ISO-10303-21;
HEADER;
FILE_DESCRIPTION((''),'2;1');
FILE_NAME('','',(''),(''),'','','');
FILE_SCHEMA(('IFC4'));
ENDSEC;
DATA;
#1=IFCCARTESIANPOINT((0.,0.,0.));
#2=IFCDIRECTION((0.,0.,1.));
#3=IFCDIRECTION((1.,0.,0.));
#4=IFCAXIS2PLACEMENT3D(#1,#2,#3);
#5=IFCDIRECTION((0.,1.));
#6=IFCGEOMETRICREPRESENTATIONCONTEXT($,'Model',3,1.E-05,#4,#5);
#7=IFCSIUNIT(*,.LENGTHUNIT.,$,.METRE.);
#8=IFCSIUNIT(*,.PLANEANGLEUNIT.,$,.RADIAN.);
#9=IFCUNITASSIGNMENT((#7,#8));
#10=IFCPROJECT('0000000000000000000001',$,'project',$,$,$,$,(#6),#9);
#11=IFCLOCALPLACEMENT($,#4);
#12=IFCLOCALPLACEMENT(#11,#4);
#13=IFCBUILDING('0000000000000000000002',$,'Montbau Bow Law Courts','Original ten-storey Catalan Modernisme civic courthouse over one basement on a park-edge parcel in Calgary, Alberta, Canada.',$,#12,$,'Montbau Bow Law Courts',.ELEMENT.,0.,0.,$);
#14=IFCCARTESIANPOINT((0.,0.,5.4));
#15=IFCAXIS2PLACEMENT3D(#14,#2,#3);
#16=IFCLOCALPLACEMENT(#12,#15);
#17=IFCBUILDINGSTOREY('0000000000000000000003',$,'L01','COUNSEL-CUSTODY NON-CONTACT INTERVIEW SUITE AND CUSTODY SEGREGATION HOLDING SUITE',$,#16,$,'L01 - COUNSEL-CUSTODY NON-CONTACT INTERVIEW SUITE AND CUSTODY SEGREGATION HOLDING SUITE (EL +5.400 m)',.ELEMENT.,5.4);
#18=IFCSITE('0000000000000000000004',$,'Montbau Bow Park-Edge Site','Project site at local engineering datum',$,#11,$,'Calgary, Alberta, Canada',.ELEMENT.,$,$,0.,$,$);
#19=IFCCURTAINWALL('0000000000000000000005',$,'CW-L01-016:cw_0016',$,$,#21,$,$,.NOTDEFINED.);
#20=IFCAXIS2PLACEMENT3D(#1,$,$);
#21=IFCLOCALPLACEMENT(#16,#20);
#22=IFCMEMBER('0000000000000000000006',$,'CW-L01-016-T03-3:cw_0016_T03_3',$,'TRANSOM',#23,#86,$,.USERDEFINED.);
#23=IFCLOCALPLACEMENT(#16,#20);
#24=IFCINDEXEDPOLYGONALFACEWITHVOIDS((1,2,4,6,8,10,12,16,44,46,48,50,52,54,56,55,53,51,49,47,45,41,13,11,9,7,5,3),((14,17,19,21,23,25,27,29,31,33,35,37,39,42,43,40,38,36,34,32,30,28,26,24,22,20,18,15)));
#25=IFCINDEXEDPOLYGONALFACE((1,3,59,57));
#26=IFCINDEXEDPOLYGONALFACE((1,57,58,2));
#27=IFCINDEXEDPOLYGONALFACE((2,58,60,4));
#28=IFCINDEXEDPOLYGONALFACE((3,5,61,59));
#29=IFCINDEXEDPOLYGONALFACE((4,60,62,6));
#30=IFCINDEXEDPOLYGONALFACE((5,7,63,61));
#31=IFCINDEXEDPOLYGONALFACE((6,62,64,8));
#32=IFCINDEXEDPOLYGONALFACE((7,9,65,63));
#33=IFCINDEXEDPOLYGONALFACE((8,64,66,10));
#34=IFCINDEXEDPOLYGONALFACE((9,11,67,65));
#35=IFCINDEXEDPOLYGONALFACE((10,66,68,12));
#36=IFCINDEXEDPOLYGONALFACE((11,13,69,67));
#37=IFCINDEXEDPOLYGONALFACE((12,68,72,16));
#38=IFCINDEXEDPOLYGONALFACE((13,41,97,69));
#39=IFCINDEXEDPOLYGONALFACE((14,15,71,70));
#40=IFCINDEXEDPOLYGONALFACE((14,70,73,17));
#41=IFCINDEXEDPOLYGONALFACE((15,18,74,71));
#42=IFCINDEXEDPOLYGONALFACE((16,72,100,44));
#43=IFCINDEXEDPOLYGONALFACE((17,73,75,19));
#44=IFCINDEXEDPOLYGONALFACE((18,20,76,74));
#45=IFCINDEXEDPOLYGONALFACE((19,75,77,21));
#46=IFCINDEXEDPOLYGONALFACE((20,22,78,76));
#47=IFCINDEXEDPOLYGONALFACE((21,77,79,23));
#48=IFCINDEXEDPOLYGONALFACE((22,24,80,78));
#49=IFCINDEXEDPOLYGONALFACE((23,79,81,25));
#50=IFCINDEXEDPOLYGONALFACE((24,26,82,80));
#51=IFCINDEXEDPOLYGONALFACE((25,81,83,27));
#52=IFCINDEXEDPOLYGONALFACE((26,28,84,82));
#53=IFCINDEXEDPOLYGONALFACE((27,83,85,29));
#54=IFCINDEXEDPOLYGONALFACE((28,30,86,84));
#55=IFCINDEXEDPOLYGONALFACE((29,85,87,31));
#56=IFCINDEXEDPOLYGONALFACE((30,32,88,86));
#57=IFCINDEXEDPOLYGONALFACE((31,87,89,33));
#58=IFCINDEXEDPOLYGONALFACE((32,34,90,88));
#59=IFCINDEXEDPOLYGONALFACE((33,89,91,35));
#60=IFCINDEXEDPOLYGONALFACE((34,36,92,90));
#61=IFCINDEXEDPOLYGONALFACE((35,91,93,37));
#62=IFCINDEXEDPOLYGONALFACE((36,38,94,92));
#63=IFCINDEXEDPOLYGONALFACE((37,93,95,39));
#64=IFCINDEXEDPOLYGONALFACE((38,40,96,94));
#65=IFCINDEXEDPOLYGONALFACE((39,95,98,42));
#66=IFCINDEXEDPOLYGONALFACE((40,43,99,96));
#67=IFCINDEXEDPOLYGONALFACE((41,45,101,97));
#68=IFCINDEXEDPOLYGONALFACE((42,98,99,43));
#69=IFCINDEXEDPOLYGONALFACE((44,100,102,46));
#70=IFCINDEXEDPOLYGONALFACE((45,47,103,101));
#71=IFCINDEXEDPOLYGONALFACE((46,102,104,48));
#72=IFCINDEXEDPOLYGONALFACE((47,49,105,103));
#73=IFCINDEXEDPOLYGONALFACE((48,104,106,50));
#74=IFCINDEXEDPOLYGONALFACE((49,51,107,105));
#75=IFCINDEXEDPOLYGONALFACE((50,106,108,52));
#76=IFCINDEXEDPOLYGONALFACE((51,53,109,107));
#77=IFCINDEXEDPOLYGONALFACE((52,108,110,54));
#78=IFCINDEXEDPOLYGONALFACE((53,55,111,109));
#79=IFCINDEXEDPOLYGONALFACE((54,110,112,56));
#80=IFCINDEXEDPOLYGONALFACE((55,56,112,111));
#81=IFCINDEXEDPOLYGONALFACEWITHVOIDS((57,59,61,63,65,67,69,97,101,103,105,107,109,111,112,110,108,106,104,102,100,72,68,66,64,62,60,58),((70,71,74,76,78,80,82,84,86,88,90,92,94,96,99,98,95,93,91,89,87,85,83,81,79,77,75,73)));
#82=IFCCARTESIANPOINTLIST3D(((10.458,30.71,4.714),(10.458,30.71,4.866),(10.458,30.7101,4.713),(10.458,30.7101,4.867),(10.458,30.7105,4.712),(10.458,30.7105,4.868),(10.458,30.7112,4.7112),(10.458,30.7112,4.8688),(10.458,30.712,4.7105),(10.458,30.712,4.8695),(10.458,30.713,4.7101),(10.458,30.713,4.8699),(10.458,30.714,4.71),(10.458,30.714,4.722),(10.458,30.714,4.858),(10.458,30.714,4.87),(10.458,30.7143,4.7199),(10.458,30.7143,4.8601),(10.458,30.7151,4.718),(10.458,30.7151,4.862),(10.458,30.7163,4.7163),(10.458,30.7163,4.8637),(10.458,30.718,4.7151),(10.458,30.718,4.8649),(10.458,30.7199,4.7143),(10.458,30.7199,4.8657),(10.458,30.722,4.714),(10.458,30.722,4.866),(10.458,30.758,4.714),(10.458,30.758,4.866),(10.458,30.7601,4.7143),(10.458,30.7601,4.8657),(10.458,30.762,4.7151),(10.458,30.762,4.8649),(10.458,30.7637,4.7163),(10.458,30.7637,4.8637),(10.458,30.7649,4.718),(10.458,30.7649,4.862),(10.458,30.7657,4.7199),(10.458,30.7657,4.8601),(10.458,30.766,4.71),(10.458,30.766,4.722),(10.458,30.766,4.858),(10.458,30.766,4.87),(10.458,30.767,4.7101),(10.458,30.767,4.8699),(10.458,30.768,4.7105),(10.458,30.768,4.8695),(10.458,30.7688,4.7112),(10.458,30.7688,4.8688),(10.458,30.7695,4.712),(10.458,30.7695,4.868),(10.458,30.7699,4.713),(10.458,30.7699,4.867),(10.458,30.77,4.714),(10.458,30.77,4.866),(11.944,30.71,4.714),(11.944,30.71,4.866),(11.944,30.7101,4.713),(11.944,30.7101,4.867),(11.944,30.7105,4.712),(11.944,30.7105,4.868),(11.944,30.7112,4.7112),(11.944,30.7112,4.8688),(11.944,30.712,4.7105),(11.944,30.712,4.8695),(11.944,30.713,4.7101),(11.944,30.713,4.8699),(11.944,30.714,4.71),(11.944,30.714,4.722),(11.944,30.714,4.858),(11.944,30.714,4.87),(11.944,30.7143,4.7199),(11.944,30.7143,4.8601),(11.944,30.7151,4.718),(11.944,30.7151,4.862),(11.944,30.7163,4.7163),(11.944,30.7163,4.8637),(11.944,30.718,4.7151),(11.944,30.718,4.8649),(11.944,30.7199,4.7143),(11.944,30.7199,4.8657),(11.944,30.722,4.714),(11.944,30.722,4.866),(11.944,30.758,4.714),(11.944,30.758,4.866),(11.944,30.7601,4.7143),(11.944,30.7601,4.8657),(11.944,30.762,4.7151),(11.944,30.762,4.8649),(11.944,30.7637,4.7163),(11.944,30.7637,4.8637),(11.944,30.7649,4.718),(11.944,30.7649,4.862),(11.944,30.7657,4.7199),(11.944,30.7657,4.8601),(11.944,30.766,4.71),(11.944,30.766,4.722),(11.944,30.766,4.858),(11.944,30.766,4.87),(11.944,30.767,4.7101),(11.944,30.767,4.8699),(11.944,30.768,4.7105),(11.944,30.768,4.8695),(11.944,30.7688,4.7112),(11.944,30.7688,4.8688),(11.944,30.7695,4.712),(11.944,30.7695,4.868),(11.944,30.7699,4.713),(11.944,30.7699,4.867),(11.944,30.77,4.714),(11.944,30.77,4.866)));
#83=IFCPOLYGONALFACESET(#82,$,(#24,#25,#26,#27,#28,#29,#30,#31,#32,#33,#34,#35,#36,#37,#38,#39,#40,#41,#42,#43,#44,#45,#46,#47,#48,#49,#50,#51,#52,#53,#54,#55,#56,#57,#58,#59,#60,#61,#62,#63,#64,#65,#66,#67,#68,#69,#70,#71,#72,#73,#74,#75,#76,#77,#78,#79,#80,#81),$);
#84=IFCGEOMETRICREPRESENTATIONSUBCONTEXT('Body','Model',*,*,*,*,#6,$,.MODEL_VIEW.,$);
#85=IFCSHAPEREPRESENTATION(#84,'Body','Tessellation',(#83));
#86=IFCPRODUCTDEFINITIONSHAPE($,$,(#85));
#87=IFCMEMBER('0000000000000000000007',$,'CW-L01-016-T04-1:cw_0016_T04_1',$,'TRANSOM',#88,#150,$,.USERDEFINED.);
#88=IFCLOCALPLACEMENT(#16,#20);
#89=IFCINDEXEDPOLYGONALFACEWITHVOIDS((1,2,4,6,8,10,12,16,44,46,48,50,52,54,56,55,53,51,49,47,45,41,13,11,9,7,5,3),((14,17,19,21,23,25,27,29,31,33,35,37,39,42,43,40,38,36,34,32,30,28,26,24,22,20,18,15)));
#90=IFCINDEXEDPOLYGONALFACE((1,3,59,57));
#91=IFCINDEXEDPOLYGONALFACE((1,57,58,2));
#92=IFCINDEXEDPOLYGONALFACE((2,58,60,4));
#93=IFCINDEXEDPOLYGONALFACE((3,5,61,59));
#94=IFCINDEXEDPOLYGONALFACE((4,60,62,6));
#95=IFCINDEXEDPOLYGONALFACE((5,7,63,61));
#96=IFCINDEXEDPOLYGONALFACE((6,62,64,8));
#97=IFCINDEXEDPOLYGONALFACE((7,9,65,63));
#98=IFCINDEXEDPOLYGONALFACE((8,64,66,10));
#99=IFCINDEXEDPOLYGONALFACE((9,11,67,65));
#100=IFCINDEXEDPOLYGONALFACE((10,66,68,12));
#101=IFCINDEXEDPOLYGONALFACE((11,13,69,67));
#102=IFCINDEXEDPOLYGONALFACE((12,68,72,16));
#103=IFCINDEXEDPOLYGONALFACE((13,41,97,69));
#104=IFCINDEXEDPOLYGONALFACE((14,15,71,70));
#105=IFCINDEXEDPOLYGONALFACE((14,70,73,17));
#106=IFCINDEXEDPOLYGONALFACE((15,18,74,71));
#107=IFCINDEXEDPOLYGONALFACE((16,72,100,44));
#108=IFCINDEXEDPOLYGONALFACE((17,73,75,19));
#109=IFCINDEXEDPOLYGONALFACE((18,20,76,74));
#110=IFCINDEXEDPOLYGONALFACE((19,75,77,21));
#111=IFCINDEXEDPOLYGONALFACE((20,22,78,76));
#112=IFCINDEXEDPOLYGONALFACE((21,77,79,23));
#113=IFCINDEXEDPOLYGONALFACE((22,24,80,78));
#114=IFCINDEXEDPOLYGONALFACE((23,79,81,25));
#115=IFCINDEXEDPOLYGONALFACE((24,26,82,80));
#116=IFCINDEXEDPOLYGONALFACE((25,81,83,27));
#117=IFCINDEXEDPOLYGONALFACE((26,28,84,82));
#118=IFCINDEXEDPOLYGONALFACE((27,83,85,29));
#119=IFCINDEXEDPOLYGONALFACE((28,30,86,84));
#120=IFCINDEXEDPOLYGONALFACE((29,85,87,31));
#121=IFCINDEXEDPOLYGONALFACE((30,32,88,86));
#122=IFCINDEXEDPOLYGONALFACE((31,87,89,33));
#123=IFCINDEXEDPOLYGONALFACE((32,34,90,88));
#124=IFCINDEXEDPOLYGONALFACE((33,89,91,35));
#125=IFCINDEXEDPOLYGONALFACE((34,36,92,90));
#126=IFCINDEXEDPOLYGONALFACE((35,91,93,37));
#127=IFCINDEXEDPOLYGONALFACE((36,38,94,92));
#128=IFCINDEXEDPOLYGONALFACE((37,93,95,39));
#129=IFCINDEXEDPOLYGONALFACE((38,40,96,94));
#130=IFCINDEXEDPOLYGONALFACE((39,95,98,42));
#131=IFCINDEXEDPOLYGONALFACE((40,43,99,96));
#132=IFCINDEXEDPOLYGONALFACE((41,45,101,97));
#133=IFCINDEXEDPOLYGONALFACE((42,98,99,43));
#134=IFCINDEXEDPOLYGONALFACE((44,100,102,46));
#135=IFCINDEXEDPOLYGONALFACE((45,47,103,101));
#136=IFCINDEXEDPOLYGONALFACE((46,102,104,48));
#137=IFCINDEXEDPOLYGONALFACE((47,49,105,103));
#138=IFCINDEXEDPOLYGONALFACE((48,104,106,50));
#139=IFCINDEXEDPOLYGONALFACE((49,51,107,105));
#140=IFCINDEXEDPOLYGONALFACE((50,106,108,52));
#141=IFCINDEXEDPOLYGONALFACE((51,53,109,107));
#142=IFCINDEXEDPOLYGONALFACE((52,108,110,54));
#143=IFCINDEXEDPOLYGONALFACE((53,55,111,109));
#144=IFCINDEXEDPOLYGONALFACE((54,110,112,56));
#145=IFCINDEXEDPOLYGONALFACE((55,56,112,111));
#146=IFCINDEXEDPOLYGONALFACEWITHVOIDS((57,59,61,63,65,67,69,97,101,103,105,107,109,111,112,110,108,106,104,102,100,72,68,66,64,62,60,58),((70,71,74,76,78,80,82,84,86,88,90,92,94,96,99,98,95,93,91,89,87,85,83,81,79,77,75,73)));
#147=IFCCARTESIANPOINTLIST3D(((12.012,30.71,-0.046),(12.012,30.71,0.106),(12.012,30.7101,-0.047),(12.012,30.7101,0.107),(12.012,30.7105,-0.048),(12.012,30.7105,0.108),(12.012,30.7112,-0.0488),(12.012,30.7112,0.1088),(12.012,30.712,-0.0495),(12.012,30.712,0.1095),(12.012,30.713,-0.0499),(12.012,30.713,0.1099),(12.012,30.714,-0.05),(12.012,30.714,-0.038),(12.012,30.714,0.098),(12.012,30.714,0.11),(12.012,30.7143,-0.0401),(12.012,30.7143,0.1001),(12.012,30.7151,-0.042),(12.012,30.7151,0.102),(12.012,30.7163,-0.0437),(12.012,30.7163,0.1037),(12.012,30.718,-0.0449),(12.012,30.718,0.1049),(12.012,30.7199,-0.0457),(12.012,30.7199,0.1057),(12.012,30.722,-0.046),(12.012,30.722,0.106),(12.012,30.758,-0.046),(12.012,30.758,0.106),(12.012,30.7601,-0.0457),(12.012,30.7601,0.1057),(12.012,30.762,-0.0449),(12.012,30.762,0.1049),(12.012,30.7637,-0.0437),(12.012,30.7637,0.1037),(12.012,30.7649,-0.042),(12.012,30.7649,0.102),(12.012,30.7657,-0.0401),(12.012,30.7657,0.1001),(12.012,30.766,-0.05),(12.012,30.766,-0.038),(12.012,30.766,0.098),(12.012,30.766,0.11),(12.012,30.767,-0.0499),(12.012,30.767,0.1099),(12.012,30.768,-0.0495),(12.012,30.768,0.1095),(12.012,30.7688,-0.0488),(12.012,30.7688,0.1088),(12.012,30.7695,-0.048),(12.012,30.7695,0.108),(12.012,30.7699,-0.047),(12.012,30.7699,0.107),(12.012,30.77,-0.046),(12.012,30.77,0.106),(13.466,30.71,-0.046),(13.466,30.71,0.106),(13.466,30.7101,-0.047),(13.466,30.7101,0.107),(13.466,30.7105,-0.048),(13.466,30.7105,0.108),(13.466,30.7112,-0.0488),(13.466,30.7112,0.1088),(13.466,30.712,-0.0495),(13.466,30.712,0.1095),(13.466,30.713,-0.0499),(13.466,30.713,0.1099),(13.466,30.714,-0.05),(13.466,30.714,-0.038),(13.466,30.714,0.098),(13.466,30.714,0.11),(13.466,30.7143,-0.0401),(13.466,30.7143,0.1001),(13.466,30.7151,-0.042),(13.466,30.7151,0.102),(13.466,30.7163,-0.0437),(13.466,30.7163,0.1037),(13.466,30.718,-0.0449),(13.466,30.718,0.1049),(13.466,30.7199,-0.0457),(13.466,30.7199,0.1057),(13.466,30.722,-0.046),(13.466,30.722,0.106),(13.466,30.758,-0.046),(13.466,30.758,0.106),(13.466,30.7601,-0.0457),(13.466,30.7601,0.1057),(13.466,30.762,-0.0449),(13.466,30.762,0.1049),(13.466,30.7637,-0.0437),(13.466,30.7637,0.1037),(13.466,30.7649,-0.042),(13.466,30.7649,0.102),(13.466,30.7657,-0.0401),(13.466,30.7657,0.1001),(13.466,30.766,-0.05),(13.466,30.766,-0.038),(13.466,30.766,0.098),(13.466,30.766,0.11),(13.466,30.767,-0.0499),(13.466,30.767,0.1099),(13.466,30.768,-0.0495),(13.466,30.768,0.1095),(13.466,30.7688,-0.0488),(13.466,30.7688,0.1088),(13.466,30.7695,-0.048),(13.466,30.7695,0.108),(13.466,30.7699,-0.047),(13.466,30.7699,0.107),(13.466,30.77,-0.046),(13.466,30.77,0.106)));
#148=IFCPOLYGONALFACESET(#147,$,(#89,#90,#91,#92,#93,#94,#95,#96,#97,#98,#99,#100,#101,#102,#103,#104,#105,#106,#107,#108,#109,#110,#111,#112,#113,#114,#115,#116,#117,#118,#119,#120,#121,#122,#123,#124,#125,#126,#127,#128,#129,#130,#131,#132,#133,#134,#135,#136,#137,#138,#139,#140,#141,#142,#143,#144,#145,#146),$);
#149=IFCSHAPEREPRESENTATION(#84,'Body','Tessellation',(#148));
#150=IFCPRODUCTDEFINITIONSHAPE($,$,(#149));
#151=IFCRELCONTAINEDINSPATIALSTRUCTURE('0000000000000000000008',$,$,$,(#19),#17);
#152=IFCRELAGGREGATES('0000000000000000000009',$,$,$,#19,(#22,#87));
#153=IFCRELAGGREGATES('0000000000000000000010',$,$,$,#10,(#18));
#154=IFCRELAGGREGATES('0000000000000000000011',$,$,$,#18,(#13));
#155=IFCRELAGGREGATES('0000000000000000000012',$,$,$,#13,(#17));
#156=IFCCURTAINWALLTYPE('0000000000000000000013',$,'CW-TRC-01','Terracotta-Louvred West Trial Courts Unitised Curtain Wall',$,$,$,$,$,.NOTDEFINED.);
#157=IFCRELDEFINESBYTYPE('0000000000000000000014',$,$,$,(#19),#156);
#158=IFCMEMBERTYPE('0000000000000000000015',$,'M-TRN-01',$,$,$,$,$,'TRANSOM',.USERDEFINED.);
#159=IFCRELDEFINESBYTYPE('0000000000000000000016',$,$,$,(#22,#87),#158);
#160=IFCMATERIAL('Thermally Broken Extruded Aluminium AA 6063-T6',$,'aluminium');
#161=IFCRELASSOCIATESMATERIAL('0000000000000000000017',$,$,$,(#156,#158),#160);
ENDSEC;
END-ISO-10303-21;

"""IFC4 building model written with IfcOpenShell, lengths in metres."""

from ifc_helpers import new_model, si_unit, direction, frame, origin_with_axes, origin_2d_with_axis, place, context, subcontext, project, spatial, hollow_rectangle, extrude, material, material_profile, profile_set, type_object, element, aggregate, save


model = new_model("IFC4")

# Units and contexts
model_context = context("Model", 3, precision=1e-05, world=origin_with_axes(), true_north=direction((0.0, 1.0)))
body_context = subcontext(model_context, "Body", "Model", "MODEL_VIEW")
ifc_project = project(units=[si_unit("LENGTHUNIT", "METRE"), si_unit("PLANEANGLEUNIT", "RADIAN")], contexts=[model_context])

# Site, building, storey
site_placement = place(None, origin_with_axes())
site = spatial("IfcSite", under=ifc_project, at=site_placement, Name="Montbau Bow Park-Edge Site", Description="Project site at local engineering datum", LongName="Calgary, Alberta, Canada", CompositionType="ELEMENT", RefElevation=0.0)
building_placement = place(site_placement, origin_with_axes())
building = spatial("IfcBuilding", under=site, at=building_placement, Name="Montbau Bow Law Courts", Description="Original ten-storey Catalan Modernisme civic courthouse over one basement on a park-edge parcel in Calgary, Alberta, Canada.", LongName="Montbau Bow Law Courts", CompositionType="ELEMENT", ElevationOfRefHeight=0.0, ElevationOfTerrain=0.0)
storey_placement = place(building_placement, frame((0.0, 0.0, 5.4), z_axis=(0.0, 0.0, 1.0), x_axis=(1.0, 0.0, 0.0)))
storey = spatial("IfcBuildingStorey", under=building, at=storey_placement, Name="L01", Description="COUNSEL-CUSTODY NON-CONTACT INTERVIEW SUITE AND CUSTODY SEGREGATION HOLDING SUITE", LongName="L01 - COUNSEL-CUSTODY NON-CONTACT INTERVIEW SUITE AND CUSTODY SEGREGATION HOLDING SUITE (EL +5.400 m)", CompositionType="ELEMENT", Elevation=5.4)

# Curtain wall
ifc_material_1 = material(Name="Thermally Broken Extruded Aluminium AA 6063-T6", Category="aluminium")
curtain_wall_type = type_object("IfcCurtainWallType", Name="CW-TRC-01", Description="Terracotta-Louvred West Trial Courts Unitised Curtain Wall", PredefinedType="NOTDEFINED", material=ifc_material_1)
curtain_wall_1_placement = place(None, frame((7.315, 30.74, 5.4), z_axis=(0.0, 0.0, 1.0), x_axis=(1.0, 0.0, 0.0)))
curtain_wall_1 = element("IfcCurtainWall", 1, at=curtain_wall_1_placement, inside=storey, type_object=curtain_wall_type, Name="CW-L01-016:cw_0016", PredefinedType="NOTDEFINED")

# Members
ifc_material_profile_1 = material_profile(ifc_material_1, hollow_rectangle(XDim=0.06, YDim=0.16, WallThickness=0.004, InnerFilletRadius=0.008, OuterFilletRadius=0.004, at=origin_2d_with_axis()), Name="CWT-160X60", Category="Main", Priority=0)
ifc_profile_set_1 = profile_set([ifc_material_profile_1], Name="Thermally Broken Extruded Aluminium AA 6063-T6")
member_type_1 = type_object("IfcMemberType", Name="M-TRN-01", ElementType="TRANSOM", PredefinedType="USERDEFINED", material=ifc_profile_set_1)
member_1_placement = place(None, frame((10.458, 30.74, 10.19), z_axis=(1.0, 0.0, 0.0), x_axis=(0.0, 1.0, 0.0)))
member_1 = element("IfcMember", 2, at=member_1_placement, type_object=member_type_1, Name="CW-L01-016-T03-3:cw_0016_T03_3", ObjectType="TRANSOM", PredefinedType="USERDEFINED", context=body_context, shape_type="SweptSolid", body=[
    extrude(hollow_rectangle(XDim=0.06, YDim=0.16, WallThickness=0.004, InnerFilletRadius=0.008, OuterFilletRadius=0.004, at=origin_2d_with_axis()), origin_with_axes(), (0.0, 0.0, 1.0), 1.486),
])
member_2_placement = place(None, frame((12.012, 30.74, 5.43), z_axis=(1.0, 0.0, 0.0), x_axis=(0.0, 1.0, 0.0)))
member_2 = element("IfcMember", 3, at=member_2_placement, type_object=member_type_1, Name="CW-L01-016-T04-1:cw_0016_T04_1", ObjectType="TRANSOM", PredefinedType="USERDEFINED", context=body_context, shape_type="SweptSolid", body=[
    extrude(hollow_rectangle(XDim=0.06, YDim=0.16, WallThickness=0.004, InnerFilletRadius=0.008, OuterFilletRadius=0.004, at=origin_2d_with_axis()), origin_with_axes(), (0.0, 0.0, 1.0), 1.454),
])

aggregate(curtain_wall_1, [member_1, member_2])

save(model, "model.ifc")
